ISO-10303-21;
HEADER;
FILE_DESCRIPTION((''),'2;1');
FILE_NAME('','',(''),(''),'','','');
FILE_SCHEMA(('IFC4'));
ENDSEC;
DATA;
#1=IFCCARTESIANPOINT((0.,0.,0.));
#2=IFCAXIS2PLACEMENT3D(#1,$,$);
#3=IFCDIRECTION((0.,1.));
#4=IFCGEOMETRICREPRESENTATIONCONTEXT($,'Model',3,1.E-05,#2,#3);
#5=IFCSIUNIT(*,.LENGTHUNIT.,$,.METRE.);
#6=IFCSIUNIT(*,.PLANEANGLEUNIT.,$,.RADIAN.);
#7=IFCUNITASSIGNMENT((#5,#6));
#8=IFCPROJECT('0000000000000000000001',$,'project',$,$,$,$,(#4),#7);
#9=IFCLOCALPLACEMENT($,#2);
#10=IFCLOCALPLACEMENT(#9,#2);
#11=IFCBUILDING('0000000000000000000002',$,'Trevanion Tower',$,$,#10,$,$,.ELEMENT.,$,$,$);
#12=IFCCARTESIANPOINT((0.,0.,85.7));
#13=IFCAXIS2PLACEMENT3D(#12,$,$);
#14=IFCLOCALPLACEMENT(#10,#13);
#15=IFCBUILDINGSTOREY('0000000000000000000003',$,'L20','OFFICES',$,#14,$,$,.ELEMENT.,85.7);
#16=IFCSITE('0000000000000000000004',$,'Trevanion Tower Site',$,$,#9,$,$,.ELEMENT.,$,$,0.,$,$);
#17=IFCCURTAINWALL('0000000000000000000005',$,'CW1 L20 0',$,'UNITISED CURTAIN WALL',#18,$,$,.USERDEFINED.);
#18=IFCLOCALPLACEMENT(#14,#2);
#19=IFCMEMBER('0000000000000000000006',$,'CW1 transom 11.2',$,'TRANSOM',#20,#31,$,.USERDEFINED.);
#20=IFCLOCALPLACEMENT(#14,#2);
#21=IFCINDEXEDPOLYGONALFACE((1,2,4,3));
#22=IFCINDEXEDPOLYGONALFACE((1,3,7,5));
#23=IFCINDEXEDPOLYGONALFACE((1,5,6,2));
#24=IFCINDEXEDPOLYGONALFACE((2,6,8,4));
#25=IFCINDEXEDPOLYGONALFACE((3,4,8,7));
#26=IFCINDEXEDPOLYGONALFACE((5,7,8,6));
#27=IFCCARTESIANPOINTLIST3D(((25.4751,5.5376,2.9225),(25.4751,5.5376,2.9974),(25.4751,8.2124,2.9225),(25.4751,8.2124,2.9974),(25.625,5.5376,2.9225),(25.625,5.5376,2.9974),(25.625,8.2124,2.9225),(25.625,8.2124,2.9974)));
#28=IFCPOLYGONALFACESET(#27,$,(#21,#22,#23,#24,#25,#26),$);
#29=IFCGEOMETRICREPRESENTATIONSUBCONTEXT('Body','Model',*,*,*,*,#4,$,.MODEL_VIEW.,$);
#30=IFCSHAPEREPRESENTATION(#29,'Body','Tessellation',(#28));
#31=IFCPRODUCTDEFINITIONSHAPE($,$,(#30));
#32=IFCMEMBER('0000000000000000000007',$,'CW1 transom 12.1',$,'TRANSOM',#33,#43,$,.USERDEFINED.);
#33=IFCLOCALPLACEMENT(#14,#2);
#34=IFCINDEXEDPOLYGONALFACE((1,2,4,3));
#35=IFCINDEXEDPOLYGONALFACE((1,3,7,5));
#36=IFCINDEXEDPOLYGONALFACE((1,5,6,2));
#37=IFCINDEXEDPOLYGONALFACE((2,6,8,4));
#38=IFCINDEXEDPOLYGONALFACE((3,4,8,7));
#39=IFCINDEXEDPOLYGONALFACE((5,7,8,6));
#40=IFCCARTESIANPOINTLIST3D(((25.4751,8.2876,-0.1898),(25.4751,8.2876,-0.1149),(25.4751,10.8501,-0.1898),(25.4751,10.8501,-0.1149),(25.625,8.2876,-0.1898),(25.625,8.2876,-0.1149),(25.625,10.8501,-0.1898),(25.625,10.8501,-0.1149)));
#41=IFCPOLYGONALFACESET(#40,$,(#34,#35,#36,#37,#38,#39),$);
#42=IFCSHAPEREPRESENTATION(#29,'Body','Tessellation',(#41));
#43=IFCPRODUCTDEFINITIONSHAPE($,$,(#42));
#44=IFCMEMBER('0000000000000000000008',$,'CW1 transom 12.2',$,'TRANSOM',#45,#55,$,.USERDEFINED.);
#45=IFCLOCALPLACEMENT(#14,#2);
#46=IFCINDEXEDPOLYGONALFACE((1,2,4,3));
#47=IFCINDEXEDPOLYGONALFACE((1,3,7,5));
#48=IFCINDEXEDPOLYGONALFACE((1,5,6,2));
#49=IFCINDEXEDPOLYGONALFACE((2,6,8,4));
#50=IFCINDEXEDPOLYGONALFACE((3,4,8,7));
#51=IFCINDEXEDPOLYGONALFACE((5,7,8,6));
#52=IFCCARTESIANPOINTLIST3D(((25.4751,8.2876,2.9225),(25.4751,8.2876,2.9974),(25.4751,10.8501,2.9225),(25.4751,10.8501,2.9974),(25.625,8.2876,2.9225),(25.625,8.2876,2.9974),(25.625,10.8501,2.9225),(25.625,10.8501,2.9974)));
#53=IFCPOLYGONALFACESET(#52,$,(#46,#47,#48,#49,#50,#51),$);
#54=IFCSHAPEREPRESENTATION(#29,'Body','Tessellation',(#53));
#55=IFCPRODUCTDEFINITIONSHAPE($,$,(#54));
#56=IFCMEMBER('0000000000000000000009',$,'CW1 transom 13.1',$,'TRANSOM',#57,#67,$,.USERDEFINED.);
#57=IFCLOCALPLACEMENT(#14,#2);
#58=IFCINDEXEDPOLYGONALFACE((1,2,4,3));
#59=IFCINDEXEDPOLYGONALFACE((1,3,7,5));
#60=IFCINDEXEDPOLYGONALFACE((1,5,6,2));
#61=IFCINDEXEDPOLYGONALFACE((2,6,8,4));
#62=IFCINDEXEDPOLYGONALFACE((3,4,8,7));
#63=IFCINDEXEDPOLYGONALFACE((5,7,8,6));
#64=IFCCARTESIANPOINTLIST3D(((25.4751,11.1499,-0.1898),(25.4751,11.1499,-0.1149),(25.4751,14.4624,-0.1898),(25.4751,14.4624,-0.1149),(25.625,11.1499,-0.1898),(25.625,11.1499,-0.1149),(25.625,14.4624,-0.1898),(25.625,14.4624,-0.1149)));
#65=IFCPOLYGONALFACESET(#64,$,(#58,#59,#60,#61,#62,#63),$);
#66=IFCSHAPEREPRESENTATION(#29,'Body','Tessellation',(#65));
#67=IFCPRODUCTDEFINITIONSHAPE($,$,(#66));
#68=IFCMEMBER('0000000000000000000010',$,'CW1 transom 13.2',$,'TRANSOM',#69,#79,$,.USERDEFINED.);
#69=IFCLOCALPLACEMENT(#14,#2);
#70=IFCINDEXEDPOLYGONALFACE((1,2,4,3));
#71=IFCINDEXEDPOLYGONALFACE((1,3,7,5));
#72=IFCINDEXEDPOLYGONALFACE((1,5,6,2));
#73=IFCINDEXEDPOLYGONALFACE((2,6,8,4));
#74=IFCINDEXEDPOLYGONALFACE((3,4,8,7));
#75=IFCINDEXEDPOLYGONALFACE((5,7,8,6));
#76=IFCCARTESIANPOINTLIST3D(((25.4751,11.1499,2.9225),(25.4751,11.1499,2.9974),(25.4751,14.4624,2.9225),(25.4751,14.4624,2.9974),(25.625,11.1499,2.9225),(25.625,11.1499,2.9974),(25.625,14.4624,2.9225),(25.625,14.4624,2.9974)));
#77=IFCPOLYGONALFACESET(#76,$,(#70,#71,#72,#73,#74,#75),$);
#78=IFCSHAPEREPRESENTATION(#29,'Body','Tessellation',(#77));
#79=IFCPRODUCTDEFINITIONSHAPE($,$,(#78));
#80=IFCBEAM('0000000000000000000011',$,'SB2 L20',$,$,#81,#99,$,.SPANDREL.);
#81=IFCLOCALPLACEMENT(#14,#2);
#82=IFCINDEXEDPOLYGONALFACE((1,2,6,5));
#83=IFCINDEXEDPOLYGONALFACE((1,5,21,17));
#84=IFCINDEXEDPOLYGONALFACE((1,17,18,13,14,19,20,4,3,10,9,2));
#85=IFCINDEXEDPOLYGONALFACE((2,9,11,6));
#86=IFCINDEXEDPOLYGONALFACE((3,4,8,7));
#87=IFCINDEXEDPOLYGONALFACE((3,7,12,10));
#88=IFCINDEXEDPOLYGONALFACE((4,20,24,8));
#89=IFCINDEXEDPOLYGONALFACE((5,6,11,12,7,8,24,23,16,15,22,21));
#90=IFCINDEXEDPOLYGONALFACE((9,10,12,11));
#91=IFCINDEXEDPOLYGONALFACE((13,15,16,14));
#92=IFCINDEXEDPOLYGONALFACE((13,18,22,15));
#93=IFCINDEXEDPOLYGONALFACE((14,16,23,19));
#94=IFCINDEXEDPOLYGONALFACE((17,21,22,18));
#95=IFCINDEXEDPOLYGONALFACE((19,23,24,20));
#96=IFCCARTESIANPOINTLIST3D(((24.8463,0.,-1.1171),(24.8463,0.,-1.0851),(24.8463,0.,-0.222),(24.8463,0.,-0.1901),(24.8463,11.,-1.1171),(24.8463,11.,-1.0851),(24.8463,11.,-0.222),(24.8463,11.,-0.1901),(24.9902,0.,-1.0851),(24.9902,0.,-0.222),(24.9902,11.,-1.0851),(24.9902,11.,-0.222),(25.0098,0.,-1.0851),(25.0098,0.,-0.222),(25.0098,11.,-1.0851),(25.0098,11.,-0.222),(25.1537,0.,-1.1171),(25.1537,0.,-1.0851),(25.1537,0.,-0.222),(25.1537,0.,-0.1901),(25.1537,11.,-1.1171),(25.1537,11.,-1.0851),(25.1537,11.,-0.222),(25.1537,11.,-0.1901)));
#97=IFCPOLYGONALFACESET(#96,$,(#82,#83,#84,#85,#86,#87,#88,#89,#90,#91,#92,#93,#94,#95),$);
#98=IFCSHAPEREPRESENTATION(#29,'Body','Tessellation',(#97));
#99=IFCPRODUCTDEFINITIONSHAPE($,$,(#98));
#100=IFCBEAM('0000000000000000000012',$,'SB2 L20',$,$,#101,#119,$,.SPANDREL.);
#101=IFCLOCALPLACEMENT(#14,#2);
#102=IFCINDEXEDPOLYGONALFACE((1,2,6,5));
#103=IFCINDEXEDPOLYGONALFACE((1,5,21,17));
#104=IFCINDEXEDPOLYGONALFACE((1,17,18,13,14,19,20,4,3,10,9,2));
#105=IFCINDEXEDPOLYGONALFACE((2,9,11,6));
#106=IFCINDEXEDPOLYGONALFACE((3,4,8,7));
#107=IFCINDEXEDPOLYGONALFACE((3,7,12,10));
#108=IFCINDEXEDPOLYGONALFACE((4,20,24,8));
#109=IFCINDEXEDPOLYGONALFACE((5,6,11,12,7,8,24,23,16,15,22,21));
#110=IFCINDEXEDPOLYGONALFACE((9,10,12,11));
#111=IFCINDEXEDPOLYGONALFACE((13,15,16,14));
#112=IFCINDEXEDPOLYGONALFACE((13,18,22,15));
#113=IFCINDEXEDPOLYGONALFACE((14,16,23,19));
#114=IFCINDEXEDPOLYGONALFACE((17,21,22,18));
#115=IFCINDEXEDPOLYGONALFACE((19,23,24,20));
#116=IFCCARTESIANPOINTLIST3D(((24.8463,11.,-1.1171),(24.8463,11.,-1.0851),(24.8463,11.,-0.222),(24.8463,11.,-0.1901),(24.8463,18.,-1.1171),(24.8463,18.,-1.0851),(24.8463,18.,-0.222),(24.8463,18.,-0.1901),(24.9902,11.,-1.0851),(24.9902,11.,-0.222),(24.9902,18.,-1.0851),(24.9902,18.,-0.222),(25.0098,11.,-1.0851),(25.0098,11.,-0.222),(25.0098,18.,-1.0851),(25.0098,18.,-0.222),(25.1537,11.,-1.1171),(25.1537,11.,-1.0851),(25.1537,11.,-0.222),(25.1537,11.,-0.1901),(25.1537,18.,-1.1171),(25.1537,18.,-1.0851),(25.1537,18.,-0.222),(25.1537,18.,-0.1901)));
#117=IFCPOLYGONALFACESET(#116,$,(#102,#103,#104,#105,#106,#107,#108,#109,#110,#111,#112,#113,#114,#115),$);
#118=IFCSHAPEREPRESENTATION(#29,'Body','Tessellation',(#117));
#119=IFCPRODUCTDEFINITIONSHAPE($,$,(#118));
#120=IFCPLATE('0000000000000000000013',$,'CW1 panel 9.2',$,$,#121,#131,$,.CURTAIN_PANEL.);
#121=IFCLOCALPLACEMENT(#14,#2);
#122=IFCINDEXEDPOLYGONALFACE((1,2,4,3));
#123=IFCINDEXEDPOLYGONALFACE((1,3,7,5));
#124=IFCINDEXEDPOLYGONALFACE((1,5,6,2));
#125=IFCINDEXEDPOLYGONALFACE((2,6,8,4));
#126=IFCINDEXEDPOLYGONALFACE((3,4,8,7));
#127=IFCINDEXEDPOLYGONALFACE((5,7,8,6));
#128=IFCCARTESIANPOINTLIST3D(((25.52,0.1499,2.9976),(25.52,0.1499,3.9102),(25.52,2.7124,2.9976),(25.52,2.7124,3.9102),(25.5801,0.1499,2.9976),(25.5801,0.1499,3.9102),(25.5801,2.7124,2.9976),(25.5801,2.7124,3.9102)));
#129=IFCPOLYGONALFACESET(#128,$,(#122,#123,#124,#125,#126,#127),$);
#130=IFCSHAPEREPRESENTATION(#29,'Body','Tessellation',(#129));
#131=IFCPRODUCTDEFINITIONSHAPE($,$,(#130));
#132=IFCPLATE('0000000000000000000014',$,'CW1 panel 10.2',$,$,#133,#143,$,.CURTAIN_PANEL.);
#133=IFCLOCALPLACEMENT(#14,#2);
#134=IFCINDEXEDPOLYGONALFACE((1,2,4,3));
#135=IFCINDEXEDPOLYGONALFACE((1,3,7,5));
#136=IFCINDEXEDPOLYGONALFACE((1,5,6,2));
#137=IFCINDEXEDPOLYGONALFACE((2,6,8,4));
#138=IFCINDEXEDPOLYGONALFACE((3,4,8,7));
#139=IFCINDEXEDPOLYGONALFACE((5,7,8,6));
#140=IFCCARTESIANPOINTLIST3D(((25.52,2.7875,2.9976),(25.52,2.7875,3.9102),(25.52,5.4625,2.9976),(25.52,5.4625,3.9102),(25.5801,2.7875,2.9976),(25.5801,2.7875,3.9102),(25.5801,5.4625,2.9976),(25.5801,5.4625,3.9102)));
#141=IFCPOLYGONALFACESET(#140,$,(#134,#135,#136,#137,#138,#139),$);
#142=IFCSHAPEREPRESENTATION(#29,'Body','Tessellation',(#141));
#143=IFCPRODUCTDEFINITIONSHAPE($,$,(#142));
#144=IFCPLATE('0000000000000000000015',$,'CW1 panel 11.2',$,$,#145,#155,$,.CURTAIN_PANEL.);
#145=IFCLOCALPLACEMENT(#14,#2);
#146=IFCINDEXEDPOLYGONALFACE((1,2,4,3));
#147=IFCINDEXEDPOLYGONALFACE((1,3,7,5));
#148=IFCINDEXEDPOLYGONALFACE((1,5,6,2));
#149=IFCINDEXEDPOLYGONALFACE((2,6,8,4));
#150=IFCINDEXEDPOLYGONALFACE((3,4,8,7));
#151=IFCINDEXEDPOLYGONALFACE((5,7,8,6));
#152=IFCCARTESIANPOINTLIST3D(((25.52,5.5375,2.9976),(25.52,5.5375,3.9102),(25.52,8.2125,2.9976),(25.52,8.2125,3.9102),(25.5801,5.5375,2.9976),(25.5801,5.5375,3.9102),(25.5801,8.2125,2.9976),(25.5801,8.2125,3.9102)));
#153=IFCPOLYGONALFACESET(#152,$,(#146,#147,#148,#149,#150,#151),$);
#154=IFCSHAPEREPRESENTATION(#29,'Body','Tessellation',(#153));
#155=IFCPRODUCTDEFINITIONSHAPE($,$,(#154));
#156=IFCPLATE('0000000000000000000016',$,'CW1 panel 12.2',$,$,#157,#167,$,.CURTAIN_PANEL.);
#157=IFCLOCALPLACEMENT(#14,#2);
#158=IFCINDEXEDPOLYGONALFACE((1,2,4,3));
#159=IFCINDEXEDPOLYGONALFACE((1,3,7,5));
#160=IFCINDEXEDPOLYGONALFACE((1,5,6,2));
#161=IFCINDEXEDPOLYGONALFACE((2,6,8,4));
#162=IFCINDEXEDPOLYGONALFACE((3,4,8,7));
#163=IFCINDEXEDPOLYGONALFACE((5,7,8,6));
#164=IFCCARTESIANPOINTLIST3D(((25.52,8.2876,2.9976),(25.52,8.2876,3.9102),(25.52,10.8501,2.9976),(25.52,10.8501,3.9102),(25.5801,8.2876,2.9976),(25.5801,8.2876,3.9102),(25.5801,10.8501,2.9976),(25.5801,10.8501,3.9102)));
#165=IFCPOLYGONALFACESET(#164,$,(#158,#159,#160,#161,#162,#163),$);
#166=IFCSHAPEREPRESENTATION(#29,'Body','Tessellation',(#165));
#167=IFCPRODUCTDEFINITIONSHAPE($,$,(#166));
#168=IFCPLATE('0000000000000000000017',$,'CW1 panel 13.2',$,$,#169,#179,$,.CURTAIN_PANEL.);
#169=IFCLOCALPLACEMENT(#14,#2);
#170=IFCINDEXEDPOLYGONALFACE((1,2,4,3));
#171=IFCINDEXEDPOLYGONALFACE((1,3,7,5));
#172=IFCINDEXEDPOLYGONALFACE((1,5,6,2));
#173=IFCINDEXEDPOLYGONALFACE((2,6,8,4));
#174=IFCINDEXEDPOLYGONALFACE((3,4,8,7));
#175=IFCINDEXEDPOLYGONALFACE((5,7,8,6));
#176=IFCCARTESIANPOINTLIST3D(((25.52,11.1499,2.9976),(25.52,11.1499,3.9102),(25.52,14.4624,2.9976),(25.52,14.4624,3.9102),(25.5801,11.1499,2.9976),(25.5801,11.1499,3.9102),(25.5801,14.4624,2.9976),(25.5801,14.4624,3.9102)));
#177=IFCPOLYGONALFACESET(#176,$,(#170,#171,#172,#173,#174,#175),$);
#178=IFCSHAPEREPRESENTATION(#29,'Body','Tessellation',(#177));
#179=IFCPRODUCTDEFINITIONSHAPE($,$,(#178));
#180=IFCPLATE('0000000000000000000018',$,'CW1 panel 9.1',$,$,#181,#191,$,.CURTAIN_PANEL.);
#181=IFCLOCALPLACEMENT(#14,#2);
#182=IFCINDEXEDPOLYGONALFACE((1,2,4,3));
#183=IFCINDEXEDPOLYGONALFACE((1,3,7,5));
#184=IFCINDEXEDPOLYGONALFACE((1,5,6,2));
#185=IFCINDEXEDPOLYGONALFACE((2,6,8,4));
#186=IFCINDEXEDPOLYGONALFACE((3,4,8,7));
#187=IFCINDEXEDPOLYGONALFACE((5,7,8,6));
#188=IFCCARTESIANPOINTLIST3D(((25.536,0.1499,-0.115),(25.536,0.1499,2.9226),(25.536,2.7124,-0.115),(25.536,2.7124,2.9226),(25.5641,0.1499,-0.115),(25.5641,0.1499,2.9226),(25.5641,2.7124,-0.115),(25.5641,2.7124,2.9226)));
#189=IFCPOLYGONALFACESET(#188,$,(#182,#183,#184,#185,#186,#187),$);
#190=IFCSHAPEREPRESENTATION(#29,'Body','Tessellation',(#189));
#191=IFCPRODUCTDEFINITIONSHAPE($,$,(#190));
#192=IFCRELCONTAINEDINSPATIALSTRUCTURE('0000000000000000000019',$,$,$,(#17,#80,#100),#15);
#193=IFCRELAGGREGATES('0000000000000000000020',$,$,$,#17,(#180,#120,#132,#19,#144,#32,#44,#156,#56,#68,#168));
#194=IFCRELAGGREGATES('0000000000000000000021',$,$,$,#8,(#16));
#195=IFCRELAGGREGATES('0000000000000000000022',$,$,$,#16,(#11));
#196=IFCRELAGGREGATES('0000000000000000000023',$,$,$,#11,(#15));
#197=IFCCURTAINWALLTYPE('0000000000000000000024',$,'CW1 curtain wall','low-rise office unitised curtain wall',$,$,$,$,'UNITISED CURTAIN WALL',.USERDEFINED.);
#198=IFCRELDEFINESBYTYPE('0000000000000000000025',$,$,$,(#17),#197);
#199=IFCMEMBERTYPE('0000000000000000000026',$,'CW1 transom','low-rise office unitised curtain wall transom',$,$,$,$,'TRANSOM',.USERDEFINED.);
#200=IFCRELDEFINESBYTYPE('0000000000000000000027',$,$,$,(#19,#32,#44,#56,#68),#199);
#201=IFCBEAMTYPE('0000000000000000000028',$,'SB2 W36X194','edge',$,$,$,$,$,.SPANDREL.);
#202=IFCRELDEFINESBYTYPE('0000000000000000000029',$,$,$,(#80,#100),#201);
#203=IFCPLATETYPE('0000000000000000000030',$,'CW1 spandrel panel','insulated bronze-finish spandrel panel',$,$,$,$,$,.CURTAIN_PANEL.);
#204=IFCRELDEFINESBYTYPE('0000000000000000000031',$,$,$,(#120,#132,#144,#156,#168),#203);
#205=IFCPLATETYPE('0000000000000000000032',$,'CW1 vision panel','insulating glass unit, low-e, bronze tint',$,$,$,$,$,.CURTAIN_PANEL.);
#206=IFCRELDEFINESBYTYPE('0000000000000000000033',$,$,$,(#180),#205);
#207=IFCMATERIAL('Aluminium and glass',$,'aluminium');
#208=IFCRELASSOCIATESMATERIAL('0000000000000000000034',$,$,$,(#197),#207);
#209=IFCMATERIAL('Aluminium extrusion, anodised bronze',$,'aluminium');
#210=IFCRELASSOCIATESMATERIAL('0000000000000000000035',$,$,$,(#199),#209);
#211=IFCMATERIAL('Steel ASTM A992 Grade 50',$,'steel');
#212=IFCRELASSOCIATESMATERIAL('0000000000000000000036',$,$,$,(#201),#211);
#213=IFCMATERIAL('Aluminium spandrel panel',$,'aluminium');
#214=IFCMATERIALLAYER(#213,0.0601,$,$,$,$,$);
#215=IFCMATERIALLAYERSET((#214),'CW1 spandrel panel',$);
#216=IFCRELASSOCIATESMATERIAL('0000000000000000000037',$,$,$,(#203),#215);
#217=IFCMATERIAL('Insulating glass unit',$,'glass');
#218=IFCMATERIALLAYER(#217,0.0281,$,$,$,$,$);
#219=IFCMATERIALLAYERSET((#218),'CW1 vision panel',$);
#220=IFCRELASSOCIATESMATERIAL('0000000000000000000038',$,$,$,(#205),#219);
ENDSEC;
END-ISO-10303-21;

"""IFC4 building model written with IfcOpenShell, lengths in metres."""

from ifc_helpers import new_model, si_unit, direction, frame, origin, origin_2d, place, context, subcontext, project, spatial, rectangle, i_section, extrude, material, layer, layer_set, material_profile, profile_set, type_object, element, aggregate, save


model = new_model("IFC4")

# Units and contexts
model_context = context("Model", 3, precision=1e-05, world=origin(), true_north=direction((0.0, 1.0)))
body_context = subcontext(model_context, "Body", "Model", "MODEL_VIEW")
ifc_project = project(units=[si_unit("LENGTHUNIT", "METRE"), si_unit("PLANEANGLEUNIT", "RADIAN")], contexts=[model_context])

# Site, building, storey
site_placement = place(None, origin())
site = spatial("IfcSite", under=ifc_project, at=site_placement, Name="Trevanion Tower Site", CompositionType="ELEMENT", RefElevation=0.0)
building_placement = place(site_placement, origin())
building = spatial("IfcBuilding", under=site, at=building_placement, Name="Trevanion Tower", CompositionType="ELEMENT")
storey_placement = place(building_placement, frame((0.0, 0.0, 85.7)))
storey = spatial("IfcBuildingStorey", under=building, at=storey_placement, Name="L20", Description="OFFICES", CompositionType="ELEMENT", Elevation=85.7)

# Curtain wall, members
ifc_material_1 = material(Name="Aluminium and glass", Category="aluminium")
curtain_wall_type = type_object("IfcCurtainWallType", Name="CW1 curtain wall", Description="low-rise office unitised curtain wall", ElementType="UNITISED CURTAIN WALL", PredefinedType="USERDEFINED", material=ifc_material_1)
curtain_wall_placement = place(storey_placement, origin())
curtain_wall = element("IfcCurtainWall", 1, at=curtain_wall_placement, inside=storey, type_object=curtain_wall_type, Name="CW1 L20 0", ObjectType="UNITISED CURTAIN WALL", PredefinedType="USERDEFINED")
ifc_material_2 = material(Name="Aluminium extrusion, anodised bronze", Category="aluminium")
ifc_material_profile_1 = material_profile(ifc_material_2, rectangle(XDim=0.1499, YDim=0.075, at=origin_2d()), Name="CW1 transom")
ifc_profile_set_1 = profile_set([ifc_material_profile_1], Name="Aluminium extrusion, anodised bronze")
member_type_1 = type_object("IfcMemberType", Name="CW1 transom", Description="low-rise office unitised curtain wall transom", ElementType="TRANSOM", PredefinedType="USERDEFINED", material=ifc_profile_set_1)
member_1_placement = place(storey_placement, frame((25.55, 5.5376, 2.96), z_axis=(0.0, 1.0, 0.0), x_axis=(-1.0, 0.0, 0.0)))
member_1 = element("IfcMember", 2, at=member_1_placement, type_object=member_type_1, Name="CW1 transom 11.2", ObjectType="TRANSOM", PredefinedType="USERDEFINED", context=body_context, shape_type="SweptSolid", body=[
    extrude(rectangle(XDim=0.1499, YDim=0.075, at=origin_2d()), origin(), (0.0, 0.0, 1.0), 2.6748),
])
member_2_placement = place(storey_placement, frame((25.55, 8.2876, -0.1523), z_axis=(0.0, 1.0, 0.0), x_axis=(-1.0, 0.0, 0.0)))
member_2 = element("IfcMember", 3, at=member_2_placement, type_object=member_type_1, Name="CW1 transom 12.1", ObjectType="TRANSOM", PredefinedType="USERDEFINED", context=body_context, shape_type="SweptSolid", body=[
    extrude(rectangle(XDim=0.1499, YDim=0.075, at=origin_2d()), origin(), (0.0, 0.0, 1.0), 2.5625),
])
member_3_placement = place(storey_placement, frame((25.55, 8.2876, 2.96), z_axis=(0.0, 1.0, 0.0), x_axis=(-1.0, 0.0, 0.0)))
member_3 = element("IfcMember", 4, at=member_3_placement, type_object=member_type_1, Name="CW1 transom 12.2", ObjectType="TRANSOM", PredefinedType="USERDEFINED", context=body_context, shape_type="SweptSolid", body=[
    extrude(rectangle(XDim=0.1499, YDim=0.075, at=origin_2d()), origin(), (0.0, 0.0, 1.0), 2.5625),
])
member_4_placement = place(storey_placement, frame((25.55, 11.1499, -0.1523), z_axis=(0.0, 1.0, 0.0), x_axis=(-1.0, 0.0, 0.0)))
member_4 = element("IfcMember", 5, at=member_4_placement, type_object=member_type_1, Name="CW1 transom 13.1", ObjectType="TRANSOM", PredefinedType="USERDEFINED", context=body_context, shape_type="SweptSolid", body=[
    extrude(rectangle(XDim=0.1499, YDim=0.075, at=origin_2d()), origin(), (0.0, 0.0, 1.0), 3.3125),
])
member_5_placement = place(storey_placement, frame((25.55, 11.1499, 2.96), z_axis=(0.0, 1.0, 0.0), x_axis=(-1.0, 0.0, 0.0)))
member_5 = element("IfcMember", 6, at=member_5_placement, type_object=member_type_1, Name="CW1 transom 13.2", ObjectType="TRANSOM", PredefinedType="USERDEFINED", context=body_context, shape_type="SweptSolid", body=[
    extrude(rectangle(XDim=0.1499, YDim=0.075, at=origin_2d()), origin(), (0.0, 0.0, 1.0), 3.3125),
])

# Beams
ifc_material_3 = material(Name="Steel ASTM A992 Grade 50", Category="steel")
ifc_material_profile_2 = material_profile(ifc_material_3, i_section(OverallWidth=0.3074, OverallDepth=0.927, WebThickness=0.0195, FlangeThickness=0.032, at=origin_2d()), Name="W36X194")
ifc_profile_set_2 = profile_set([ifc_material_profile_2], Name="Steel ASTM A992 Grade 50")
beam_type_1 = type_object("IfcBeamType", Name="SB2 W36X194", Description="edge", PredefinedType="SPANDREL", material=ifc_profile_set_2)
beam_1_placement = place(storey_placement, frame((25.0, 0.0, -0.6536), z_axis=(0.0, 1.0, 0.0), x_axis=(-1.0, 0.0, 0.0)))
element("IfcBeam", 7, at=beam_1_placement, inside=storey, type_object=beam_type_1, Name="SB2 L20", PredefinedType="SPANDREL", context=body_context, shape_type="SweptSolid", body=[
    extrude(i_section(OverallWidth=0.3074, OverallDepth=0.927, WebThickness=0.0195, FlangeThickness=0.032, at=origin_2d()), origin(), (0.0, 0.0, 1.0), 11.0),
])
beam_2_placement = place(storey_placement, frame((25.0, 11.0, -0.6536), z_axis=(0.0, 1.0, 0.0), x_axis=(-1.0, 0.0, 0.0)))
element("IfcBeam", 8, at=beam_2_placement, inside=storey, type_object=beam_type_1, Name="SB2 L20", PredefinedType="SPANDREL", context=body_context, shape_type="SweptSolid", body=[
    extrude(i_section(OverallWidth=0.3074, OverallDepth=0.927, WebThickness=0.0195, FlangeThickness=0.032, at=origin_2d()), origin(), (0.0, 0.0, 1.0), 7.0),
])

# Plates
ifc_material_4 = material(Name="Aluminium spandrel panel", Category="aluminium")
ifc_layer_1 = layer(ifc_material_4, 0.0601)
ifc_layer_set_1 = layer_set([ifc_layer_1], Name="CW1 spandrel panel")
plate_type_1 = type_object("IfcPlateType", Name="CW1 spandrel panel", Description="insulated bronze-finish spandrel panel", PredefinedType="CURTAIN_PANEL", material=ifc_layer_set_1)
plate_1_placement = place(storey_placement, frame((25.55, 1.4312, 2.9976), z_axis=(0.0, 0.0, 1.0), x_axis=(0.0, 1.0, 0.0)))
plate_1 = element("IfcPlate", 9, at=plate_1_placement, type_object=plate_type_1, Name="CW1 panel 9.2", PredefinedType="CURTAIN_PANEL", context=body_context, shape_type="SweptSolid", body=[
    extrude(rectangle(XDim=2.5625, YDim=0.0601, at=origin_2d()), origin(), (0.0, 0.0, 1.0), 0.9126),
])
plate_2_placement = place(storey_placement, frame((25.55, 4.125, 2.9976), z_axis=(0.0, 0.0, 1.0), x_axis=(0.0, 1.0, 0.0)))
plate_2 = element("IfcPlate", 10, at=plate_2_placement, type_object=plate_type_1, Name="CW1 panel 10.2", PredefinedType="CURTAIN_PANEL", context=body_context, shape_type="SweptSolid", body=[
    extrude(rectangle(XDim=2.675, YDim=0.0601, at=origin_2d()), origin(), (0.0, 0.0, 1.0), 0.9126),
])
plate_3_placement = place(storey_placement, frame((25.55, 6.875, 2.9976), z_axis=(0.0, 0.0, 1.0), x_axis=(0.0, 1.0, 0.0)))
plate_3 = element("IfcPlate", 11, at=plate_3_placement, type_object=plate_type_1, Name="CW1 panel 11.2", PredefinedType="CURTAIN_PANEL", context=body_context, shape_type="SweptSolid", body=[
    extrude(rectangle(XDim=2.675, YDim=0.0601, at=origin_2d()), origin(), (0.0, 0.0, 1.0), 0.9126),
])
plate_4_placement = place(storey_placement, frame((25.55, 9.5688, 2.9976), z_axis=(0.0, 0.0, 1.0), x_axis=(0.0, 1.0, 0.0)))
plate_4 = element("IfcPlate", 12, at=plate_4_placement, type_object=plate_type_1, Name="CW1 panel 12.2", PredefinedType="CURTAIN_PANEL", context=body_context, shape_type="SweptSolid", body=[
    extrude(rectangle(XDim=2.5625, YDim=0.0601, at=origin_2d()), origin(), (0.0, 0.0, 1.0), 0.9126),
])
plate_5_placement = place(storey_placement, frame((25.55, 12.8062, 2.9976), z_axis=(0.0, 0.0, 1.0), x_axis=(0.0, 1.0, 0.0)))
plate_5 = element("IfcPlate", 13, at=plate_5_placement, type_object=plate_type_1, Name="CW1 panel 13.2", PredefinedType="CURTAIN_PANEL", context=body_context, shape_type="SweptSolid", body=[
    extrude(rectangle(XDim=3.3125, YDim=0.0601, at=origin_2d()), origin(), (0.0, 0.0, 1.0), 0.9126),
])
ifc_material_5 = material(Name="Insulating glass unit", Category="glass")
ifc_layer_2 = layer(ifc_material_5, 0.0281)
ifc_layer_set_2 = layer_set([ifc_layer_2], Name="CW1 vision panel")
plate_type_2 = type_object("IfcPlateType", Name="CW1 vision panel", Description="insulating glass unit, low-e, bronze tint", PredefinedType="CURTAIN_PANEL", material=ifc_layer_set_2)
plate_6_placement = place(storey_placement, frame((25.55, 1.4312, -0.115), z_axis=(0.0, 0.0, 1.0), x_axis=(0.0, 1.0, 0.0)))
plate_6 = element("IfcPlate", 14, at=plate_6_placement, type_object=plate_type_2, Name="CW1 panel 9.1", PredefinedType="CURTAIN_PANEL", context=body_context, shape_type="SweptSolid", body=[
    extrude(rectangle(XDim=2.5625, YDim=0.0281, at=origin_2d()), origin(), (0.0, 0.0, 1.0), 3.0376),
])
aggregate(curtain_wall, [plate_6, plate_1, plate_2, member_1, plate_3, member_2, member_3, plate_4, member_4, member_5, plate_5])

save(model, "model.ifc")
